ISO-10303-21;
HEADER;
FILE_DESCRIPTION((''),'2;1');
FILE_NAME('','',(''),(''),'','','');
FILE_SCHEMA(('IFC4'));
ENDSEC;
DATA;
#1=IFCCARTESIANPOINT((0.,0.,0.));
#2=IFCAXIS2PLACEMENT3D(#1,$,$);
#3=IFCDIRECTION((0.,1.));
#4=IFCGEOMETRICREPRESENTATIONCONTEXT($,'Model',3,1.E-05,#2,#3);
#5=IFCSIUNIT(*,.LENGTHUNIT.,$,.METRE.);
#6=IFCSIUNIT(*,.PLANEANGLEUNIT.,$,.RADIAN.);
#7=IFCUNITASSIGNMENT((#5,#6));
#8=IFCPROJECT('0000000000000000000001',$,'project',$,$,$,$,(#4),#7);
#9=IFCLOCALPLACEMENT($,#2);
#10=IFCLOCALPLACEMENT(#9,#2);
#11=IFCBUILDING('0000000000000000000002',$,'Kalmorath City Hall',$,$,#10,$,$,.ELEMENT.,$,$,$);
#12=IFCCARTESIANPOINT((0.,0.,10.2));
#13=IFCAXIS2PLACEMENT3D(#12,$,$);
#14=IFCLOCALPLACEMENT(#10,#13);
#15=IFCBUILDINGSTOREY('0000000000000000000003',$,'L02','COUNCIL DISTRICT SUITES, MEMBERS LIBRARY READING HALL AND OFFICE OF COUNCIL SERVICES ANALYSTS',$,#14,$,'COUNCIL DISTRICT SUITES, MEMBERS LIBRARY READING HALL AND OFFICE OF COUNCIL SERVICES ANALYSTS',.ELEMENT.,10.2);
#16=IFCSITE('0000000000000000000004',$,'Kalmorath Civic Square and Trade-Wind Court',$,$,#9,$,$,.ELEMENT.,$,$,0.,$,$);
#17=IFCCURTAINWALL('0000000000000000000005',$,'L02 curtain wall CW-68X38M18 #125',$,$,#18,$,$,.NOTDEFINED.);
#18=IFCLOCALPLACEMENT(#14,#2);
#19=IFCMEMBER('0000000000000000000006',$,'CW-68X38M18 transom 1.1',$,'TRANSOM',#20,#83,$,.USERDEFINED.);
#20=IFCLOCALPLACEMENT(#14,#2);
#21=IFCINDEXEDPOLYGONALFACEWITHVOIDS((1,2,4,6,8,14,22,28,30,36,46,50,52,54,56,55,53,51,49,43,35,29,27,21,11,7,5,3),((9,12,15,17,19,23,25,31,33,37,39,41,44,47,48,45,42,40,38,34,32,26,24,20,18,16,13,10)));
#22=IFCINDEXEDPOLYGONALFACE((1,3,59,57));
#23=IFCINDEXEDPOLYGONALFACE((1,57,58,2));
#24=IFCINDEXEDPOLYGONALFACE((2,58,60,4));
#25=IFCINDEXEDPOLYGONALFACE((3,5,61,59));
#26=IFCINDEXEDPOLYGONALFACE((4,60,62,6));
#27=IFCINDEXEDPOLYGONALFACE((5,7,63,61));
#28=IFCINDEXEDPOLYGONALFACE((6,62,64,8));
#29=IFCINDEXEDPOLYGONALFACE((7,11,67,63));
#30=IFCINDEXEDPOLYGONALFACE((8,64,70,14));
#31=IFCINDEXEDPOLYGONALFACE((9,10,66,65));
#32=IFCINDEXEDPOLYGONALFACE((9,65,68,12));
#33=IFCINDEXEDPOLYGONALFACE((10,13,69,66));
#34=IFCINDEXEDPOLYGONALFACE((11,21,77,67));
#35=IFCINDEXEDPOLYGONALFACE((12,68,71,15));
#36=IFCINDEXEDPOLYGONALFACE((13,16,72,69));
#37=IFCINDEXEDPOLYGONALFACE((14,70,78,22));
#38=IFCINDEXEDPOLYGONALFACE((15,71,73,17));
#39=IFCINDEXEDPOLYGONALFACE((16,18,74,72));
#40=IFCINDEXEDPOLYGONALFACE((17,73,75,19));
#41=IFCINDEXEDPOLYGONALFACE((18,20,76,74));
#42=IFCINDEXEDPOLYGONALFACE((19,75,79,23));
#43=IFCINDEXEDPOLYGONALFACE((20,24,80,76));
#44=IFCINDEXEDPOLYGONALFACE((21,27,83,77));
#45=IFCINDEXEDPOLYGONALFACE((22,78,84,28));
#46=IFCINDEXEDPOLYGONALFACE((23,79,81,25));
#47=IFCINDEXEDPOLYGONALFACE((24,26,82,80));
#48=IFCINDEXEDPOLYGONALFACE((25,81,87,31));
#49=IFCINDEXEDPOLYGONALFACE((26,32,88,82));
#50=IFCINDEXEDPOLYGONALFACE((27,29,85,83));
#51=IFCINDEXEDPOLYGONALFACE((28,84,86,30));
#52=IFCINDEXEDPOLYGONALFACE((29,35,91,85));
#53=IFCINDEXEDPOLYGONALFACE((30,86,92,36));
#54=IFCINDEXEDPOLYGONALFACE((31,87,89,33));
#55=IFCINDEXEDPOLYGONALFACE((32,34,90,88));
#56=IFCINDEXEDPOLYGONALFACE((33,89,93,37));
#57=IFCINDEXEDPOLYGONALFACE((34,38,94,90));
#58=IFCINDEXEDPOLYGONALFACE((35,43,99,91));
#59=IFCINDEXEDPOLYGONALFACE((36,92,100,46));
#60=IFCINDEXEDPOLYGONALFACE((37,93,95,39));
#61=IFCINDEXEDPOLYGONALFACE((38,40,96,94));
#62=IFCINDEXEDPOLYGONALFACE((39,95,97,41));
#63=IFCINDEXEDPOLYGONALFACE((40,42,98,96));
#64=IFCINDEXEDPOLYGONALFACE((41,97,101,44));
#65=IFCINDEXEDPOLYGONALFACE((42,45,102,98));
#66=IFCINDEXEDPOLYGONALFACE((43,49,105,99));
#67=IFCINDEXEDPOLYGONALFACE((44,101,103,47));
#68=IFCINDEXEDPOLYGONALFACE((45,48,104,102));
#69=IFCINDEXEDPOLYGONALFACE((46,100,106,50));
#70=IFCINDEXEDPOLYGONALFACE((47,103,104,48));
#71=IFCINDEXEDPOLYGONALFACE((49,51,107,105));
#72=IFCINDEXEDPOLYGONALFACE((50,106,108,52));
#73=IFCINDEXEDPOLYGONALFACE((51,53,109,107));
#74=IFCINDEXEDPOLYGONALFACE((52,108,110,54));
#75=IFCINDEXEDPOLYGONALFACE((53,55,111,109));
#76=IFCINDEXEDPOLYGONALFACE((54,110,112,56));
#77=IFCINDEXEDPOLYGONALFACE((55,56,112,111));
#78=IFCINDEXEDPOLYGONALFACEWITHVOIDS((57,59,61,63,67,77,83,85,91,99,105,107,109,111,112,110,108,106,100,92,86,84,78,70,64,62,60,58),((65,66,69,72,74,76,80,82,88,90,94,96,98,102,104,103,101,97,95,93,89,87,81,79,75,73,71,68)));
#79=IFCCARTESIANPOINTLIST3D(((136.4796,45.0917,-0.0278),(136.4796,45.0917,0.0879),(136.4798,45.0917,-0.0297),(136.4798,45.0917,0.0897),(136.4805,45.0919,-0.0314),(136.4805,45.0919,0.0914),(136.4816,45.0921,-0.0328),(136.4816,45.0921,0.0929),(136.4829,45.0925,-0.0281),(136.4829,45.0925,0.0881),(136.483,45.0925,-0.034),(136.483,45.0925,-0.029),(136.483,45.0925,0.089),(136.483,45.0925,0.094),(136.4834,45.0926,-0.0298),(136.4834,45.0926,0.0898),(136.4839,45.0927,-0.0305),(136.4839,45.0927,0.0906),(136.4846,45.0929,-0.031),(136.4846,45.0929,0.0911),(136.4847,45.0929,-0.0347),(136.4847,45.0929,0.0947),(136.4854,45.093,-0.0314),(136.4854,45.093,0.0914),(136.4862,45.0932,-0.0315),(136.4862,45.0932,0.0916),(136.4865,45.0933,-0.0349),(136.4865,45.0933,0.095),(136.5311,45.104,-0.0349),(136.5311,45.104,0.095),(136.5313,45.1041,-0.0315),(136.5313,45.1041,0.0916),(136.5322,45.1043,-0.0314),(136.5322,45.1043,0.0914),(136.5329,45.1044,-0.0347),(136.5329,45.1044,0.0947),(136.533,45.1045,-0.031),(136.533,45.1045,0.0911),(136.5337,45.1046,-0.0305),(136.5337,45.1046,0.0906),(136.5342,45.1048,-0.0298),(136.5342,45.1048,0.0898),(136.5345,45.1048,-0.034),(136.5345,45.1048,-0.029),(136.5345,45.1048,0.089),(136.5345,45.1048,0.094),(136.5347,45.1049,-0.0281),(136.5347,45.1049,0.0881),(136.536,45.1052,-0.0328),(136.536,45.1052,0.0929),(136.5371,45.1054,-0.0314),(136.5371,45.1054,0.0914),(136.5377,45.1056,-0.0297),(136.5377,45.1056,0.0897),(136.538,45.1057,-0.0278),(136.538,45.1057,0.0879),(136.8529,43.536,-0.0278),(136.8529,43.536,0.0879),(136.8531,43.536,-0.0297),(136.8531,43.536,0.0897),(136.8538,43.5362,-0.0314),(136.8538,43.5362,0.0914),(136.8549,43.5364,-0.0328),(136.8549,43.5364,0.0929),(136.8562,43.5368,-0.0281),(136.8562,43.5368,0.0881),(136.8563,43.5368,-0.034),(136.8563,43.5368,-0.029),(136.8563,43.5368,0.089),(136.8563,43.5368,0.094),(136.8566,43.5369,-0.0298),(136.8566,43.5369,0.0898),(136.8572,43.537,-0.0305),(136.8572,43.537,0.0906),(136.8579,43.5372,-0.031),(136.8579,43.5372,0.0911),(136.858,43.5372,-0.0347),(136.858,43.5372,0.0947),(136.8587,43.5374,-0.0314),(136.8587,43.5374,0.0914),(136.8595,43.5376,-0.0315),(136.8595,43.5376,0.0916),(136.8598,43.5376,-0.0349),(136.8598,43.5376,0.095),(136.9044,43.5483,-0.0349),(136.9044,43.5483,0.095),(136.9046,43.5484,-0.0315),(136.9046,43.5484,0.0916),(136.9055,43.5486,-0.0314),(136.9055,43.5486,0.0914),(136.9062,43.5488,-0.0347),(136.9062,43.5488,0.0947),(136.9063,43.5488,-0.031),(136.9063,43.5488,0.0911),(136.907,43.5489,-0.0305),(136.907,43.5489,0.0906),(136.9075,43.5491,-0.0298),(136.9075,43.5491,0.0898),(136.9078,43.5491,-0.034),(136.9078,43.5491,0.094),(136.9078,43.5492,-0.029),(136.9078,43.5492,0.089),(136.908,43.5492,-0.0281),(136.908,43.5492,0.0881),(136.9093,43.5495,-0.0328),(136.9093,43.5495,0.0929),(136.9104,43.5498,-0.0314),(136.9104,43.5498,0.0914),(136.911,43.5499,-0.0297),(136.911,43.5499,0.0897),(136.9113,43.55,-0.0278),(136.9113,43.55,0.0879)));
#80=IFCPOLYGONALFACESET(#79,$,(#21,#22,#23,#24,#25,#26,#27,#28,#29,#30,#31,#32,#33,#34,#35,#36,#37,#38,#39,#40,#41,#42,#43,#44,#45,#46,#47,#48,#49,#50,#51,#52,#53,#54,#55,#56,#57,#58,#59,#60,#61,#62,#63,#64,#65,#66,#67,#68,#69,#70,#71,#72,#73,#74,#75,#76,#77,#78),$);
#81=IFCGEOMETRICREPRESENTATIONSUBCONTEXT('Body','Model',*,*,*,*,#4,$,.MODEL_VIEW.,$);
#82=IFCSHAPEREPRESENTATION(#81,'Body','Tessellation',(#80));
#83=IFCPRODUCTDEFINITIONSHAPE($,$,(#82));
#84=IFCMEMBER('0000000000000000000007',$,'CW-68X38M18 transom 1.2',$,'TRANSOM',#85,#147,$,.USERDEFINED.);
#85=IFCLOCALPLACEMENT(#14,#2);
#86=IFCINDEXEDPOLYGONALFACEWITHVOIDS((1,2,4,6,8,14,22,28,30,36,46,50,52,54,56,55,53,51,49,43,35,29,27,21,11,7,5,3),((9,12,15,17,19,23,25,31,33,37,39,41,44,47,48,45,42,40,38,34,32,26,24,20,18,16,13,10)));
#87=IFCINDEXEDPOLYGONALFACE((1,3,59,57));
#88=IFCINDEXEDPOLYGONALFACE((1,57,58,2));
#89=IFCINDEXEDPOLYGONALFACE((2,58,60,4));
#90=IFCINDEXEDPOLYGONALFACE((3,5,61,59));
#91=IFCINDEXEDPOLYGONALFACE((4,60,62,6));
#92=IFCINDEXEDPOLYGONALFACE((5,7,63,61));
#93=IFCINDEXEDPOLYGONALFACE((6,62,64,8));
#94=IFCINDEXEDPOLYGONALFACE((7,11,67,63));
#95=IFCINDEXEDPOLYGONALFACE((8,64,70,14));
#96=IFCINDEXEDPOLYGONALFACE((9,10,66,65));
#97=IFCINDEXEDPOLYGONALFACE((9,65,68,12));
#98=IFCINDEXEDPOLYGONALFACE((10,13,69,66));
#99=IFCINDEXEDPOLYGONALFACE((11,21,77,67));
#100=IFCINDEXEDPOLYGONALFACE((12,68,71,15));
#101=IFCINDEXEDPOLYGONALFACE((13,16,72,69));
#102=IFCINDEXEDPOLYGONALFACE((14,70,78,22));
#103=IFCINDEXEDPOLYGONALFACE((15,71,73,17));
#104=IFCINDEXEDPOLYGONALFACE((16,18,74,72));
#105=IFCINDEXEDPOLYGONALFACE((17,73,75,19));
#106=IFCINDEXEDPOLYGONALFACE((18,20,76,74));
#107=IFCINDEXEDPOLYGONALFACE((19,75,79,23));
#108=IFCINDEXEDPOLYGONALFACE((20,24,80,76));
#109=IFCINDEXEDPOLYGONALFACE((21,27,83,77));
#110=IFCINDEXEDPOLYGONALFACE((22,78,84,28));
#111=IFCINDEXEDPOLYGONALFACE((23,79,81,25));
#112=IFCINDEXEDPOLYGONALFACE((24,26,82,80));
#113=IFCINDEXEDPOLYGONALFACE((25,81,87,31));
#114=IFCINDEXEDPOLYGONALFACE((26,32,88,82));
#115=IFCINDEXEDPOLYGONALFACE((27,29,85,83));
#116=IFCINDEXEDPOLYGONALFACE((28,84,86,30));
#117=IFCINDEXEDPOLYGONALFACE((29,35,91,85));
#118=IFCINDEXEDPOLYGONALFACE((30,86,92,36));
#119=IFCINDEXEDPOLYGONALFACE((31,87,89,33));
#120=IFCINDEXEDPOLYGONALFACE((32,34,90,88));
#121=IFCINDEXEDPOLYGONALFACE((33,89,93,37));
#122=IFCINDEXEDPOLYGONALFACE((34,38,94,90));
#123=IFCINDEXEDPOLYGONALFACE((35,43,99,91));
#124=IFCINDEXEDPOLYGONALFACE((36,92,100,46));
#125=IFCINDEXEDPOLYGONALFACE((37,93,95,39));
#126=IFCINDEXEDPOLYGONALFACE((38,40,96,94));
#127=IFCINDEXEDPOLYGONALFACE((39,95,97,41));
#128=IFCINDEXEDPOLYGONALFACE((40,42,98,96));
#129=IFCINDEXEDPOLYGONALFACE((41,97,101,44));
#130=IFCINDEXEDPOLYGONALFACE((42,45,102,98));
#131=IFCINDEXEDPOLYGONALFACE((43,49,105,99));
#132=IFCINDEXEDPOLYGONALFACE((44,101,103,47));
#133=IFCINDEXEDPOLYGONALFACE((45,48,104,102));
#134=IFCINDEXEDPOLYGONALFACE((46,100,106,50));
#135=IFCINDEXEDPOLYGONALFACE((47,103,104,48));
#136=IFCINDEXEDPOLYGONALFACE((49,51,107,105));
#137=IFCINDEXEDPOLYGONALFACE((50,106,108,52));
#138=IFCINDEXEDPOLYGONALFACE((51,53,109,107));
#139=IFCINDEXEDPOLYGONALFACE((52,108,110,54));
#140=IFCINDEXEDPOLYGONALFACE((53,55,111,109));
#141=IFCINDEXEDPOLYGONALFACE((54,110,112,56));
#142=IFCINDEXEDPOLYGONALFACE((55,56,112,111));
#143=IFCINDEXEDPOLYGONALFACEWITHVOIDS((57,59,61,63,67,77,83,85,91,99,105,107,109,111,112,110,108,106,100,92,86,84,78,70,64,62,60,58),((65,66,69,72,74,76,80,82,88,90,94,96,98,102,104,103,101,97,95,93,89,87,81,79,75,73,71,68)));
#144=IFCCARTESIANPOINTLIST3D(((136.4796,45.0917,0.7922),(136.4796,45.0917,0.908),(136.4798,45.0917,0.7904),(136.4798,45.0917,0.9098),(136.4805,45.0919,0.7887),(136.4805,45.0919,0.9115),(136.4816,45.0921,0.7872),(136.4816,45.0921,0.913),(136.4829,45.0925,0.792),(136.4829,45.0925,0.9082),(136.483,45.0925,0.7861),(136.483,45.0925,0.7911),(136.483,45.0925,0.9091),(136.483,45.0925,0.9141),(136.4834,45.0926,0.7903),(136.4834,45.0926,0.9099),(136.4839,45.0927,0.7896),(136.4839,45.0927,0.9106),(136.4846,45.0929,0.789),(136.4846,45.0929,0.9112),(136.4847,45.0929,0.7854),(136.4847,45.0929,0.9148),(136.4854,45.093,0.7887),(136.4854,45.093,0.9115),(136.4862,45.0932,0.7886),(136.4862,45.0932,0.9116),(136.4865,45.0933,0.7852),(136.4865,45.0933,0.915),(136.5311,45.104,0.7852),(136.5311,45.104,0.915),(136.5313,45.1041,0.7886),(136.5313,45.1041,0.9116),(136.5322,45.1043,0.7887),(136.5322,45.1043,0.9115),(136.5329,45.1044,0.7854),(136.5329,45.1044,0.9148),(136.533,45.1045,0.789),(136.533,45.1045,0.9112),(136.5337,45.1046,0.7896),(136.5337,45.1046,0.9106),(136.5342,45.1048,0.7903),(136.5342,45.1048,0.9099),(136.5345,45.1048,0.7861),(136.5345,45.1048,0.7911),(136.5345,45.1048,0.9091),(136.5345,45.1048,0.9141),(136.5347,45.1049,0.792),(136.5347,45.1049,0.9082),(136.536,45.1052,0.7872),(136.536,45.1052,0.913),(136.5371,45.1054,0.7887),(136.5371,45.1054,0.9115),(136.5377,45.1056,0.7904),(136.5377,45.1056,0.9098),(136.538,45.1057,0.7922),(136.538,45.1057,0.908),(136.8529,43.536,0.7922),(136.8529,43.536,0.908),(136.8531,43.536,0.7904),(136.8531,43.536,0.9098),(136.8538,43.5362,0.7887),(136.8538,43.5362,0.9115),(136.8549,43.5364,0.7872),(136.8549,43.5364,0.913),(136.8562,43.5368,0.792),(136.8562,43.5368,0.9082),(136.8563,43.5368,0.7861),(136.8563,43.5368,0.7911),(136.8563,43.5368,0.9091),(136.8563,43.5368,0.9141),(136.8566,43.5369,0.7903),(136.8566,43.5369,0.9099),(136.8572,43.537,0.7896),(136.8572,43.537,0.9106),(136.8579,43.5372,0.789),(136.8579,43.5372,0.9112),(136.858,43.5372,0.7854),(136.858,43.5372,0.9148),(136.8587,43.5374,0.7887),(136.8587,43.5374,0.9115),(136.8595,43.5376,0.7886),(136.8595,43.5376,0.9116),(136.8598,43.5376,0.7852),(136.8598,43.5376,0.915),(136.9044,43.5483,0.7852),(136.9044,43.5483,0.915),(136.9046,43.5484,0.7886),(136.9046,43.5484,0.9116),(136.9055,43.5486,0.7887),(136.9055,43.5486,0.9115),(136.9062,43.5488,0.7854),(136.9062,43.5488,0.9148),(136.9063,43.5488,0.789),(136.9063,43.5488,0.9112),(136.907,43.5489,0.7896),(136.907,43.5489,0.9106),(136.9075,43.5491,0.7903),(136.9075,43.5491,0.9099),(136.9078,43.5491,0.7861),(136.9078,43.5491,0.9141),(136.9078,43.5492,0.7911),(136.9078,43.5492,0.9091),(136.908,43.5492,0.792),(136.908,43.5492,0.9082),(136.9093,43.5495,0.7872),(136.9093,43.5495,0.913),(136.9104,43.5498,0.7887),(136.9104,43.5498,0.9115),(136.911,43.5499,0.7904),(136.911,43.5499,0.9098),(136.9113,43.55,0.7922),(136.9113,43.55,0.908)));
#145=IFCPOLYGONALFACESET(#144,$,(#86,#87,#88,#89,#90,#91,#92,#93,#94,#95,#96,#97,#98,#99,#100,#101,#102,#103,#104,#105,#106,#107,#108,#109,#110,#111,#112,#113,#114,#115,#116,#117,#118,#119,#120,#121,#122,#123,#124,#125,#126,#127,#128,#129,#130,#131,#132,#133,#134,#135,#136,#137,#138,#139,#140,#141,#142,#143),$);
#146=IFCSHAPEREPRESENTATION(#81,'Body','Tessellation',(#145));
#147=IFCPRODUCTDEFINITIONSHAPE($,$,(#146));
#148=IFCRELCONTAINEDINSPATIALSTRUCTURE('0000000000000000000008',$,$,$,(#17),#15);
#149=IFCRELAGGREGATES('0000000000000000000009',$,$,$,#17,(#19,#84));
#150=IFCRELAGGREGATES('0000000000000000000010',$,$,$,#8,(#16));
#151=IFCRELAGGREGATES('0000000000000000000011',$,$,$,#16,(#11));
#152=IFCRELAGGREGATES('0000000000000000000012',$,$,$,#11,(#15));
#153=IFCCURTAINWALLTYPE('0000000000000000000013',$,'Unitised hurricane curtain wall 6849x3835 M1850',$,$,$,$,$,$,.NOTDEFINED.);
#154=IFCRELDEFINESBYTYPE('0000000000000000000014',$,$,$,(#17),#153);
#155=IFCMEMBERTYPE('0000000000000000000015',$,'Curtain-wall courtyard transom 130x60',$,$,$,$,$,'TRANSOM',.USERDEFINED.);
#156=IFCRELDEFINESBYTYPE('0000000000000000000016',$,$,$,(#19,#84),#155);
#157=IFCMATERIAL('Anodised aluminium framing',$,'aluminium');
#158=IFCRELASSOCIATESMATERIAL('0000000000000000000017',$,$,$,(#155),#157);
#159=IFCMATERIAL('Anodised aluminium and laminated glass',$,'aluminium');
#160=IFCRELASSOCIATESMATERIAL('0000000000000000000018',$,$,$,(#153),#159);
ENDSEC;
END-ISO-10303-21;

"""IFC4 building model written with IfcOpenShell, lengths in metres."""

from ifc_helpers import new_model, si_unit, direction, frame, origin, origin_2d, place, context, subcontext, project, spatial, hollow_rectangle, extrude, material, material_profile, profile_set, type_object, element, aggregate, save


model = new_model("IFC4")

# Units and contexts
model_context = context("Model", 3, precision=1e-05, world=origin(), true_north=direction((0.0, 1.0)))
body_context = subcontext(model_context, "Body", "Model", "MODEL_VIEW")
ifc_project = project(units=[si_unit("LENGTHUNIT", "METRE"), si_unit("PLANEANGLEUNIT", "RADIAN")], contexts=[model_context])

# Site, building, storey
site_placement = place(None, origin())
site = spatial("IfcSite", under=ifc_project, at=site_placement, Name="Kalmorath Civic Square and Trade-Wind Court", CompositionType="ELEMENT", RefElevation=0.0)
building_placement = place(site_placement, origin())
building = spatial("IfcBuilding", under=site, at=building_placement, Name="Kalmorath City Hall", CompositionType="ELEMENT")
storey_placement = place(building_placement, frame((0.0, 0.0, 10.2)))
storey = spatial("IfcBuildingStorey", under=building, at=storey_placement, Name="L02", Description="COUNCIL DISTRICT SUITES, MEMBERS LIBRARY READING HALL AND OFFICE OF COUNCIL SERVICES ANALYSTS", LongName="COUNCIL DISTRICT SUITES, MEMBERS LIBRARY READING HALL AND OFFICE OF COUNCIL SERVICES ANALYSTS", CompositionType="ELEMENT", Elevation=10.2)

# Curtain wall, members
ifc_material_1 = material(Name="Anodised aluminium framing", Category="aluminium")
ifc_material_profile_1 = material_profile(ifc_material_1, hollow_rectangle(XDim=0.0601, YDim=0.1299, WallThickness=0.0034, InnerFilletRadius=0.0034, OuterFilletRadius=0.0071, at=origin_2d()), Name="ALU-TRN-130X60X3.5")
ifc_profile_set_1 = profile_set([ifc_material_profile_1], Name="Anodised aluminium framing")
member_type_1 = type_object("IfcMemberType", Name="Curtain-wall courtyard transom 130x60", ElementType="TRANSOM", PredefinedType="USERDEFINED", material=ifc_profile_set_1)
ifc_material_2 = material(Name="Anodised aluminium and laminated glass", Category="aluminium")
curtain_wall_type_1 = type_object("IfcCurtainWallType", Name="Unitised hurricane curtain wall 6849x3835 M1850", PredefinedType="NOTDEFINED", material=ifc_material_2)
curtain_wall_1_placement = place(storey_placement, origin())
curtain_wall_1 = element("IfcCurtainWall", 1, at=curtain_wall_1_placement, inside=storey, type_object=curtain_wall_type_1, Name="L02 curtain wall CW-68X38M18 #125", PredefinedType="NOTDEFINED")
member_1_placement = place(storey_placement, frame((136.8821, 43.543, 0.03), z_axis=(-0.233333, 0.972397, 0.0), x_axis=(-0.972397, -0.233333, 0.0)))
member_1 = element("IfcMember", 2, at=member_1_placement, type_object=member_type_1, Name="CW-68X38M18 transom 1.1", ObjectType="TRANSOM", PredefinedType="USERDEFINED", context=body_context, shape_type="SweptSolid", body=[
    extrude(hollow_rectangle(XDim=0.0601, YDim=0.1299, WallThickness=0.0034, InnerFilletRadius=0.0034, OuterFilletRadius=0.0071, at=origin_2d()), origin(), (0.0, 0.0, 1.0), 1.5999),
])
member_2_placement = place(storey_placement, frame((136.8821, 43.543, 0.8501), z_axis=(-0.233333, 0.972397, 0.0), x_axis=(-0.972397, -0.233333, 0.0)))
member_2 = element("IfcMember", 3, at=member_2_placement, type_object=member_type_1, Name="CW-68X38M18 transom 1.2", ObjectType="TRANSOM", PredefinedType="USERDEFINED", context=body_context, shape_type="SweptSolid", body=[
    extrude(hollow_rectangle(XDim=0.0601, YDim=0.1299, WallThickness=0.0034, InnerFilletRadius=0.0034, OuterFilletRadius=0.0071, at=origin_2d()), origin(), (0.0, 0.0, 1.0), 1.5999),
])

aggregate(curtain_wall_1, [member_1, member_2])

save(model, "model.ifc")
